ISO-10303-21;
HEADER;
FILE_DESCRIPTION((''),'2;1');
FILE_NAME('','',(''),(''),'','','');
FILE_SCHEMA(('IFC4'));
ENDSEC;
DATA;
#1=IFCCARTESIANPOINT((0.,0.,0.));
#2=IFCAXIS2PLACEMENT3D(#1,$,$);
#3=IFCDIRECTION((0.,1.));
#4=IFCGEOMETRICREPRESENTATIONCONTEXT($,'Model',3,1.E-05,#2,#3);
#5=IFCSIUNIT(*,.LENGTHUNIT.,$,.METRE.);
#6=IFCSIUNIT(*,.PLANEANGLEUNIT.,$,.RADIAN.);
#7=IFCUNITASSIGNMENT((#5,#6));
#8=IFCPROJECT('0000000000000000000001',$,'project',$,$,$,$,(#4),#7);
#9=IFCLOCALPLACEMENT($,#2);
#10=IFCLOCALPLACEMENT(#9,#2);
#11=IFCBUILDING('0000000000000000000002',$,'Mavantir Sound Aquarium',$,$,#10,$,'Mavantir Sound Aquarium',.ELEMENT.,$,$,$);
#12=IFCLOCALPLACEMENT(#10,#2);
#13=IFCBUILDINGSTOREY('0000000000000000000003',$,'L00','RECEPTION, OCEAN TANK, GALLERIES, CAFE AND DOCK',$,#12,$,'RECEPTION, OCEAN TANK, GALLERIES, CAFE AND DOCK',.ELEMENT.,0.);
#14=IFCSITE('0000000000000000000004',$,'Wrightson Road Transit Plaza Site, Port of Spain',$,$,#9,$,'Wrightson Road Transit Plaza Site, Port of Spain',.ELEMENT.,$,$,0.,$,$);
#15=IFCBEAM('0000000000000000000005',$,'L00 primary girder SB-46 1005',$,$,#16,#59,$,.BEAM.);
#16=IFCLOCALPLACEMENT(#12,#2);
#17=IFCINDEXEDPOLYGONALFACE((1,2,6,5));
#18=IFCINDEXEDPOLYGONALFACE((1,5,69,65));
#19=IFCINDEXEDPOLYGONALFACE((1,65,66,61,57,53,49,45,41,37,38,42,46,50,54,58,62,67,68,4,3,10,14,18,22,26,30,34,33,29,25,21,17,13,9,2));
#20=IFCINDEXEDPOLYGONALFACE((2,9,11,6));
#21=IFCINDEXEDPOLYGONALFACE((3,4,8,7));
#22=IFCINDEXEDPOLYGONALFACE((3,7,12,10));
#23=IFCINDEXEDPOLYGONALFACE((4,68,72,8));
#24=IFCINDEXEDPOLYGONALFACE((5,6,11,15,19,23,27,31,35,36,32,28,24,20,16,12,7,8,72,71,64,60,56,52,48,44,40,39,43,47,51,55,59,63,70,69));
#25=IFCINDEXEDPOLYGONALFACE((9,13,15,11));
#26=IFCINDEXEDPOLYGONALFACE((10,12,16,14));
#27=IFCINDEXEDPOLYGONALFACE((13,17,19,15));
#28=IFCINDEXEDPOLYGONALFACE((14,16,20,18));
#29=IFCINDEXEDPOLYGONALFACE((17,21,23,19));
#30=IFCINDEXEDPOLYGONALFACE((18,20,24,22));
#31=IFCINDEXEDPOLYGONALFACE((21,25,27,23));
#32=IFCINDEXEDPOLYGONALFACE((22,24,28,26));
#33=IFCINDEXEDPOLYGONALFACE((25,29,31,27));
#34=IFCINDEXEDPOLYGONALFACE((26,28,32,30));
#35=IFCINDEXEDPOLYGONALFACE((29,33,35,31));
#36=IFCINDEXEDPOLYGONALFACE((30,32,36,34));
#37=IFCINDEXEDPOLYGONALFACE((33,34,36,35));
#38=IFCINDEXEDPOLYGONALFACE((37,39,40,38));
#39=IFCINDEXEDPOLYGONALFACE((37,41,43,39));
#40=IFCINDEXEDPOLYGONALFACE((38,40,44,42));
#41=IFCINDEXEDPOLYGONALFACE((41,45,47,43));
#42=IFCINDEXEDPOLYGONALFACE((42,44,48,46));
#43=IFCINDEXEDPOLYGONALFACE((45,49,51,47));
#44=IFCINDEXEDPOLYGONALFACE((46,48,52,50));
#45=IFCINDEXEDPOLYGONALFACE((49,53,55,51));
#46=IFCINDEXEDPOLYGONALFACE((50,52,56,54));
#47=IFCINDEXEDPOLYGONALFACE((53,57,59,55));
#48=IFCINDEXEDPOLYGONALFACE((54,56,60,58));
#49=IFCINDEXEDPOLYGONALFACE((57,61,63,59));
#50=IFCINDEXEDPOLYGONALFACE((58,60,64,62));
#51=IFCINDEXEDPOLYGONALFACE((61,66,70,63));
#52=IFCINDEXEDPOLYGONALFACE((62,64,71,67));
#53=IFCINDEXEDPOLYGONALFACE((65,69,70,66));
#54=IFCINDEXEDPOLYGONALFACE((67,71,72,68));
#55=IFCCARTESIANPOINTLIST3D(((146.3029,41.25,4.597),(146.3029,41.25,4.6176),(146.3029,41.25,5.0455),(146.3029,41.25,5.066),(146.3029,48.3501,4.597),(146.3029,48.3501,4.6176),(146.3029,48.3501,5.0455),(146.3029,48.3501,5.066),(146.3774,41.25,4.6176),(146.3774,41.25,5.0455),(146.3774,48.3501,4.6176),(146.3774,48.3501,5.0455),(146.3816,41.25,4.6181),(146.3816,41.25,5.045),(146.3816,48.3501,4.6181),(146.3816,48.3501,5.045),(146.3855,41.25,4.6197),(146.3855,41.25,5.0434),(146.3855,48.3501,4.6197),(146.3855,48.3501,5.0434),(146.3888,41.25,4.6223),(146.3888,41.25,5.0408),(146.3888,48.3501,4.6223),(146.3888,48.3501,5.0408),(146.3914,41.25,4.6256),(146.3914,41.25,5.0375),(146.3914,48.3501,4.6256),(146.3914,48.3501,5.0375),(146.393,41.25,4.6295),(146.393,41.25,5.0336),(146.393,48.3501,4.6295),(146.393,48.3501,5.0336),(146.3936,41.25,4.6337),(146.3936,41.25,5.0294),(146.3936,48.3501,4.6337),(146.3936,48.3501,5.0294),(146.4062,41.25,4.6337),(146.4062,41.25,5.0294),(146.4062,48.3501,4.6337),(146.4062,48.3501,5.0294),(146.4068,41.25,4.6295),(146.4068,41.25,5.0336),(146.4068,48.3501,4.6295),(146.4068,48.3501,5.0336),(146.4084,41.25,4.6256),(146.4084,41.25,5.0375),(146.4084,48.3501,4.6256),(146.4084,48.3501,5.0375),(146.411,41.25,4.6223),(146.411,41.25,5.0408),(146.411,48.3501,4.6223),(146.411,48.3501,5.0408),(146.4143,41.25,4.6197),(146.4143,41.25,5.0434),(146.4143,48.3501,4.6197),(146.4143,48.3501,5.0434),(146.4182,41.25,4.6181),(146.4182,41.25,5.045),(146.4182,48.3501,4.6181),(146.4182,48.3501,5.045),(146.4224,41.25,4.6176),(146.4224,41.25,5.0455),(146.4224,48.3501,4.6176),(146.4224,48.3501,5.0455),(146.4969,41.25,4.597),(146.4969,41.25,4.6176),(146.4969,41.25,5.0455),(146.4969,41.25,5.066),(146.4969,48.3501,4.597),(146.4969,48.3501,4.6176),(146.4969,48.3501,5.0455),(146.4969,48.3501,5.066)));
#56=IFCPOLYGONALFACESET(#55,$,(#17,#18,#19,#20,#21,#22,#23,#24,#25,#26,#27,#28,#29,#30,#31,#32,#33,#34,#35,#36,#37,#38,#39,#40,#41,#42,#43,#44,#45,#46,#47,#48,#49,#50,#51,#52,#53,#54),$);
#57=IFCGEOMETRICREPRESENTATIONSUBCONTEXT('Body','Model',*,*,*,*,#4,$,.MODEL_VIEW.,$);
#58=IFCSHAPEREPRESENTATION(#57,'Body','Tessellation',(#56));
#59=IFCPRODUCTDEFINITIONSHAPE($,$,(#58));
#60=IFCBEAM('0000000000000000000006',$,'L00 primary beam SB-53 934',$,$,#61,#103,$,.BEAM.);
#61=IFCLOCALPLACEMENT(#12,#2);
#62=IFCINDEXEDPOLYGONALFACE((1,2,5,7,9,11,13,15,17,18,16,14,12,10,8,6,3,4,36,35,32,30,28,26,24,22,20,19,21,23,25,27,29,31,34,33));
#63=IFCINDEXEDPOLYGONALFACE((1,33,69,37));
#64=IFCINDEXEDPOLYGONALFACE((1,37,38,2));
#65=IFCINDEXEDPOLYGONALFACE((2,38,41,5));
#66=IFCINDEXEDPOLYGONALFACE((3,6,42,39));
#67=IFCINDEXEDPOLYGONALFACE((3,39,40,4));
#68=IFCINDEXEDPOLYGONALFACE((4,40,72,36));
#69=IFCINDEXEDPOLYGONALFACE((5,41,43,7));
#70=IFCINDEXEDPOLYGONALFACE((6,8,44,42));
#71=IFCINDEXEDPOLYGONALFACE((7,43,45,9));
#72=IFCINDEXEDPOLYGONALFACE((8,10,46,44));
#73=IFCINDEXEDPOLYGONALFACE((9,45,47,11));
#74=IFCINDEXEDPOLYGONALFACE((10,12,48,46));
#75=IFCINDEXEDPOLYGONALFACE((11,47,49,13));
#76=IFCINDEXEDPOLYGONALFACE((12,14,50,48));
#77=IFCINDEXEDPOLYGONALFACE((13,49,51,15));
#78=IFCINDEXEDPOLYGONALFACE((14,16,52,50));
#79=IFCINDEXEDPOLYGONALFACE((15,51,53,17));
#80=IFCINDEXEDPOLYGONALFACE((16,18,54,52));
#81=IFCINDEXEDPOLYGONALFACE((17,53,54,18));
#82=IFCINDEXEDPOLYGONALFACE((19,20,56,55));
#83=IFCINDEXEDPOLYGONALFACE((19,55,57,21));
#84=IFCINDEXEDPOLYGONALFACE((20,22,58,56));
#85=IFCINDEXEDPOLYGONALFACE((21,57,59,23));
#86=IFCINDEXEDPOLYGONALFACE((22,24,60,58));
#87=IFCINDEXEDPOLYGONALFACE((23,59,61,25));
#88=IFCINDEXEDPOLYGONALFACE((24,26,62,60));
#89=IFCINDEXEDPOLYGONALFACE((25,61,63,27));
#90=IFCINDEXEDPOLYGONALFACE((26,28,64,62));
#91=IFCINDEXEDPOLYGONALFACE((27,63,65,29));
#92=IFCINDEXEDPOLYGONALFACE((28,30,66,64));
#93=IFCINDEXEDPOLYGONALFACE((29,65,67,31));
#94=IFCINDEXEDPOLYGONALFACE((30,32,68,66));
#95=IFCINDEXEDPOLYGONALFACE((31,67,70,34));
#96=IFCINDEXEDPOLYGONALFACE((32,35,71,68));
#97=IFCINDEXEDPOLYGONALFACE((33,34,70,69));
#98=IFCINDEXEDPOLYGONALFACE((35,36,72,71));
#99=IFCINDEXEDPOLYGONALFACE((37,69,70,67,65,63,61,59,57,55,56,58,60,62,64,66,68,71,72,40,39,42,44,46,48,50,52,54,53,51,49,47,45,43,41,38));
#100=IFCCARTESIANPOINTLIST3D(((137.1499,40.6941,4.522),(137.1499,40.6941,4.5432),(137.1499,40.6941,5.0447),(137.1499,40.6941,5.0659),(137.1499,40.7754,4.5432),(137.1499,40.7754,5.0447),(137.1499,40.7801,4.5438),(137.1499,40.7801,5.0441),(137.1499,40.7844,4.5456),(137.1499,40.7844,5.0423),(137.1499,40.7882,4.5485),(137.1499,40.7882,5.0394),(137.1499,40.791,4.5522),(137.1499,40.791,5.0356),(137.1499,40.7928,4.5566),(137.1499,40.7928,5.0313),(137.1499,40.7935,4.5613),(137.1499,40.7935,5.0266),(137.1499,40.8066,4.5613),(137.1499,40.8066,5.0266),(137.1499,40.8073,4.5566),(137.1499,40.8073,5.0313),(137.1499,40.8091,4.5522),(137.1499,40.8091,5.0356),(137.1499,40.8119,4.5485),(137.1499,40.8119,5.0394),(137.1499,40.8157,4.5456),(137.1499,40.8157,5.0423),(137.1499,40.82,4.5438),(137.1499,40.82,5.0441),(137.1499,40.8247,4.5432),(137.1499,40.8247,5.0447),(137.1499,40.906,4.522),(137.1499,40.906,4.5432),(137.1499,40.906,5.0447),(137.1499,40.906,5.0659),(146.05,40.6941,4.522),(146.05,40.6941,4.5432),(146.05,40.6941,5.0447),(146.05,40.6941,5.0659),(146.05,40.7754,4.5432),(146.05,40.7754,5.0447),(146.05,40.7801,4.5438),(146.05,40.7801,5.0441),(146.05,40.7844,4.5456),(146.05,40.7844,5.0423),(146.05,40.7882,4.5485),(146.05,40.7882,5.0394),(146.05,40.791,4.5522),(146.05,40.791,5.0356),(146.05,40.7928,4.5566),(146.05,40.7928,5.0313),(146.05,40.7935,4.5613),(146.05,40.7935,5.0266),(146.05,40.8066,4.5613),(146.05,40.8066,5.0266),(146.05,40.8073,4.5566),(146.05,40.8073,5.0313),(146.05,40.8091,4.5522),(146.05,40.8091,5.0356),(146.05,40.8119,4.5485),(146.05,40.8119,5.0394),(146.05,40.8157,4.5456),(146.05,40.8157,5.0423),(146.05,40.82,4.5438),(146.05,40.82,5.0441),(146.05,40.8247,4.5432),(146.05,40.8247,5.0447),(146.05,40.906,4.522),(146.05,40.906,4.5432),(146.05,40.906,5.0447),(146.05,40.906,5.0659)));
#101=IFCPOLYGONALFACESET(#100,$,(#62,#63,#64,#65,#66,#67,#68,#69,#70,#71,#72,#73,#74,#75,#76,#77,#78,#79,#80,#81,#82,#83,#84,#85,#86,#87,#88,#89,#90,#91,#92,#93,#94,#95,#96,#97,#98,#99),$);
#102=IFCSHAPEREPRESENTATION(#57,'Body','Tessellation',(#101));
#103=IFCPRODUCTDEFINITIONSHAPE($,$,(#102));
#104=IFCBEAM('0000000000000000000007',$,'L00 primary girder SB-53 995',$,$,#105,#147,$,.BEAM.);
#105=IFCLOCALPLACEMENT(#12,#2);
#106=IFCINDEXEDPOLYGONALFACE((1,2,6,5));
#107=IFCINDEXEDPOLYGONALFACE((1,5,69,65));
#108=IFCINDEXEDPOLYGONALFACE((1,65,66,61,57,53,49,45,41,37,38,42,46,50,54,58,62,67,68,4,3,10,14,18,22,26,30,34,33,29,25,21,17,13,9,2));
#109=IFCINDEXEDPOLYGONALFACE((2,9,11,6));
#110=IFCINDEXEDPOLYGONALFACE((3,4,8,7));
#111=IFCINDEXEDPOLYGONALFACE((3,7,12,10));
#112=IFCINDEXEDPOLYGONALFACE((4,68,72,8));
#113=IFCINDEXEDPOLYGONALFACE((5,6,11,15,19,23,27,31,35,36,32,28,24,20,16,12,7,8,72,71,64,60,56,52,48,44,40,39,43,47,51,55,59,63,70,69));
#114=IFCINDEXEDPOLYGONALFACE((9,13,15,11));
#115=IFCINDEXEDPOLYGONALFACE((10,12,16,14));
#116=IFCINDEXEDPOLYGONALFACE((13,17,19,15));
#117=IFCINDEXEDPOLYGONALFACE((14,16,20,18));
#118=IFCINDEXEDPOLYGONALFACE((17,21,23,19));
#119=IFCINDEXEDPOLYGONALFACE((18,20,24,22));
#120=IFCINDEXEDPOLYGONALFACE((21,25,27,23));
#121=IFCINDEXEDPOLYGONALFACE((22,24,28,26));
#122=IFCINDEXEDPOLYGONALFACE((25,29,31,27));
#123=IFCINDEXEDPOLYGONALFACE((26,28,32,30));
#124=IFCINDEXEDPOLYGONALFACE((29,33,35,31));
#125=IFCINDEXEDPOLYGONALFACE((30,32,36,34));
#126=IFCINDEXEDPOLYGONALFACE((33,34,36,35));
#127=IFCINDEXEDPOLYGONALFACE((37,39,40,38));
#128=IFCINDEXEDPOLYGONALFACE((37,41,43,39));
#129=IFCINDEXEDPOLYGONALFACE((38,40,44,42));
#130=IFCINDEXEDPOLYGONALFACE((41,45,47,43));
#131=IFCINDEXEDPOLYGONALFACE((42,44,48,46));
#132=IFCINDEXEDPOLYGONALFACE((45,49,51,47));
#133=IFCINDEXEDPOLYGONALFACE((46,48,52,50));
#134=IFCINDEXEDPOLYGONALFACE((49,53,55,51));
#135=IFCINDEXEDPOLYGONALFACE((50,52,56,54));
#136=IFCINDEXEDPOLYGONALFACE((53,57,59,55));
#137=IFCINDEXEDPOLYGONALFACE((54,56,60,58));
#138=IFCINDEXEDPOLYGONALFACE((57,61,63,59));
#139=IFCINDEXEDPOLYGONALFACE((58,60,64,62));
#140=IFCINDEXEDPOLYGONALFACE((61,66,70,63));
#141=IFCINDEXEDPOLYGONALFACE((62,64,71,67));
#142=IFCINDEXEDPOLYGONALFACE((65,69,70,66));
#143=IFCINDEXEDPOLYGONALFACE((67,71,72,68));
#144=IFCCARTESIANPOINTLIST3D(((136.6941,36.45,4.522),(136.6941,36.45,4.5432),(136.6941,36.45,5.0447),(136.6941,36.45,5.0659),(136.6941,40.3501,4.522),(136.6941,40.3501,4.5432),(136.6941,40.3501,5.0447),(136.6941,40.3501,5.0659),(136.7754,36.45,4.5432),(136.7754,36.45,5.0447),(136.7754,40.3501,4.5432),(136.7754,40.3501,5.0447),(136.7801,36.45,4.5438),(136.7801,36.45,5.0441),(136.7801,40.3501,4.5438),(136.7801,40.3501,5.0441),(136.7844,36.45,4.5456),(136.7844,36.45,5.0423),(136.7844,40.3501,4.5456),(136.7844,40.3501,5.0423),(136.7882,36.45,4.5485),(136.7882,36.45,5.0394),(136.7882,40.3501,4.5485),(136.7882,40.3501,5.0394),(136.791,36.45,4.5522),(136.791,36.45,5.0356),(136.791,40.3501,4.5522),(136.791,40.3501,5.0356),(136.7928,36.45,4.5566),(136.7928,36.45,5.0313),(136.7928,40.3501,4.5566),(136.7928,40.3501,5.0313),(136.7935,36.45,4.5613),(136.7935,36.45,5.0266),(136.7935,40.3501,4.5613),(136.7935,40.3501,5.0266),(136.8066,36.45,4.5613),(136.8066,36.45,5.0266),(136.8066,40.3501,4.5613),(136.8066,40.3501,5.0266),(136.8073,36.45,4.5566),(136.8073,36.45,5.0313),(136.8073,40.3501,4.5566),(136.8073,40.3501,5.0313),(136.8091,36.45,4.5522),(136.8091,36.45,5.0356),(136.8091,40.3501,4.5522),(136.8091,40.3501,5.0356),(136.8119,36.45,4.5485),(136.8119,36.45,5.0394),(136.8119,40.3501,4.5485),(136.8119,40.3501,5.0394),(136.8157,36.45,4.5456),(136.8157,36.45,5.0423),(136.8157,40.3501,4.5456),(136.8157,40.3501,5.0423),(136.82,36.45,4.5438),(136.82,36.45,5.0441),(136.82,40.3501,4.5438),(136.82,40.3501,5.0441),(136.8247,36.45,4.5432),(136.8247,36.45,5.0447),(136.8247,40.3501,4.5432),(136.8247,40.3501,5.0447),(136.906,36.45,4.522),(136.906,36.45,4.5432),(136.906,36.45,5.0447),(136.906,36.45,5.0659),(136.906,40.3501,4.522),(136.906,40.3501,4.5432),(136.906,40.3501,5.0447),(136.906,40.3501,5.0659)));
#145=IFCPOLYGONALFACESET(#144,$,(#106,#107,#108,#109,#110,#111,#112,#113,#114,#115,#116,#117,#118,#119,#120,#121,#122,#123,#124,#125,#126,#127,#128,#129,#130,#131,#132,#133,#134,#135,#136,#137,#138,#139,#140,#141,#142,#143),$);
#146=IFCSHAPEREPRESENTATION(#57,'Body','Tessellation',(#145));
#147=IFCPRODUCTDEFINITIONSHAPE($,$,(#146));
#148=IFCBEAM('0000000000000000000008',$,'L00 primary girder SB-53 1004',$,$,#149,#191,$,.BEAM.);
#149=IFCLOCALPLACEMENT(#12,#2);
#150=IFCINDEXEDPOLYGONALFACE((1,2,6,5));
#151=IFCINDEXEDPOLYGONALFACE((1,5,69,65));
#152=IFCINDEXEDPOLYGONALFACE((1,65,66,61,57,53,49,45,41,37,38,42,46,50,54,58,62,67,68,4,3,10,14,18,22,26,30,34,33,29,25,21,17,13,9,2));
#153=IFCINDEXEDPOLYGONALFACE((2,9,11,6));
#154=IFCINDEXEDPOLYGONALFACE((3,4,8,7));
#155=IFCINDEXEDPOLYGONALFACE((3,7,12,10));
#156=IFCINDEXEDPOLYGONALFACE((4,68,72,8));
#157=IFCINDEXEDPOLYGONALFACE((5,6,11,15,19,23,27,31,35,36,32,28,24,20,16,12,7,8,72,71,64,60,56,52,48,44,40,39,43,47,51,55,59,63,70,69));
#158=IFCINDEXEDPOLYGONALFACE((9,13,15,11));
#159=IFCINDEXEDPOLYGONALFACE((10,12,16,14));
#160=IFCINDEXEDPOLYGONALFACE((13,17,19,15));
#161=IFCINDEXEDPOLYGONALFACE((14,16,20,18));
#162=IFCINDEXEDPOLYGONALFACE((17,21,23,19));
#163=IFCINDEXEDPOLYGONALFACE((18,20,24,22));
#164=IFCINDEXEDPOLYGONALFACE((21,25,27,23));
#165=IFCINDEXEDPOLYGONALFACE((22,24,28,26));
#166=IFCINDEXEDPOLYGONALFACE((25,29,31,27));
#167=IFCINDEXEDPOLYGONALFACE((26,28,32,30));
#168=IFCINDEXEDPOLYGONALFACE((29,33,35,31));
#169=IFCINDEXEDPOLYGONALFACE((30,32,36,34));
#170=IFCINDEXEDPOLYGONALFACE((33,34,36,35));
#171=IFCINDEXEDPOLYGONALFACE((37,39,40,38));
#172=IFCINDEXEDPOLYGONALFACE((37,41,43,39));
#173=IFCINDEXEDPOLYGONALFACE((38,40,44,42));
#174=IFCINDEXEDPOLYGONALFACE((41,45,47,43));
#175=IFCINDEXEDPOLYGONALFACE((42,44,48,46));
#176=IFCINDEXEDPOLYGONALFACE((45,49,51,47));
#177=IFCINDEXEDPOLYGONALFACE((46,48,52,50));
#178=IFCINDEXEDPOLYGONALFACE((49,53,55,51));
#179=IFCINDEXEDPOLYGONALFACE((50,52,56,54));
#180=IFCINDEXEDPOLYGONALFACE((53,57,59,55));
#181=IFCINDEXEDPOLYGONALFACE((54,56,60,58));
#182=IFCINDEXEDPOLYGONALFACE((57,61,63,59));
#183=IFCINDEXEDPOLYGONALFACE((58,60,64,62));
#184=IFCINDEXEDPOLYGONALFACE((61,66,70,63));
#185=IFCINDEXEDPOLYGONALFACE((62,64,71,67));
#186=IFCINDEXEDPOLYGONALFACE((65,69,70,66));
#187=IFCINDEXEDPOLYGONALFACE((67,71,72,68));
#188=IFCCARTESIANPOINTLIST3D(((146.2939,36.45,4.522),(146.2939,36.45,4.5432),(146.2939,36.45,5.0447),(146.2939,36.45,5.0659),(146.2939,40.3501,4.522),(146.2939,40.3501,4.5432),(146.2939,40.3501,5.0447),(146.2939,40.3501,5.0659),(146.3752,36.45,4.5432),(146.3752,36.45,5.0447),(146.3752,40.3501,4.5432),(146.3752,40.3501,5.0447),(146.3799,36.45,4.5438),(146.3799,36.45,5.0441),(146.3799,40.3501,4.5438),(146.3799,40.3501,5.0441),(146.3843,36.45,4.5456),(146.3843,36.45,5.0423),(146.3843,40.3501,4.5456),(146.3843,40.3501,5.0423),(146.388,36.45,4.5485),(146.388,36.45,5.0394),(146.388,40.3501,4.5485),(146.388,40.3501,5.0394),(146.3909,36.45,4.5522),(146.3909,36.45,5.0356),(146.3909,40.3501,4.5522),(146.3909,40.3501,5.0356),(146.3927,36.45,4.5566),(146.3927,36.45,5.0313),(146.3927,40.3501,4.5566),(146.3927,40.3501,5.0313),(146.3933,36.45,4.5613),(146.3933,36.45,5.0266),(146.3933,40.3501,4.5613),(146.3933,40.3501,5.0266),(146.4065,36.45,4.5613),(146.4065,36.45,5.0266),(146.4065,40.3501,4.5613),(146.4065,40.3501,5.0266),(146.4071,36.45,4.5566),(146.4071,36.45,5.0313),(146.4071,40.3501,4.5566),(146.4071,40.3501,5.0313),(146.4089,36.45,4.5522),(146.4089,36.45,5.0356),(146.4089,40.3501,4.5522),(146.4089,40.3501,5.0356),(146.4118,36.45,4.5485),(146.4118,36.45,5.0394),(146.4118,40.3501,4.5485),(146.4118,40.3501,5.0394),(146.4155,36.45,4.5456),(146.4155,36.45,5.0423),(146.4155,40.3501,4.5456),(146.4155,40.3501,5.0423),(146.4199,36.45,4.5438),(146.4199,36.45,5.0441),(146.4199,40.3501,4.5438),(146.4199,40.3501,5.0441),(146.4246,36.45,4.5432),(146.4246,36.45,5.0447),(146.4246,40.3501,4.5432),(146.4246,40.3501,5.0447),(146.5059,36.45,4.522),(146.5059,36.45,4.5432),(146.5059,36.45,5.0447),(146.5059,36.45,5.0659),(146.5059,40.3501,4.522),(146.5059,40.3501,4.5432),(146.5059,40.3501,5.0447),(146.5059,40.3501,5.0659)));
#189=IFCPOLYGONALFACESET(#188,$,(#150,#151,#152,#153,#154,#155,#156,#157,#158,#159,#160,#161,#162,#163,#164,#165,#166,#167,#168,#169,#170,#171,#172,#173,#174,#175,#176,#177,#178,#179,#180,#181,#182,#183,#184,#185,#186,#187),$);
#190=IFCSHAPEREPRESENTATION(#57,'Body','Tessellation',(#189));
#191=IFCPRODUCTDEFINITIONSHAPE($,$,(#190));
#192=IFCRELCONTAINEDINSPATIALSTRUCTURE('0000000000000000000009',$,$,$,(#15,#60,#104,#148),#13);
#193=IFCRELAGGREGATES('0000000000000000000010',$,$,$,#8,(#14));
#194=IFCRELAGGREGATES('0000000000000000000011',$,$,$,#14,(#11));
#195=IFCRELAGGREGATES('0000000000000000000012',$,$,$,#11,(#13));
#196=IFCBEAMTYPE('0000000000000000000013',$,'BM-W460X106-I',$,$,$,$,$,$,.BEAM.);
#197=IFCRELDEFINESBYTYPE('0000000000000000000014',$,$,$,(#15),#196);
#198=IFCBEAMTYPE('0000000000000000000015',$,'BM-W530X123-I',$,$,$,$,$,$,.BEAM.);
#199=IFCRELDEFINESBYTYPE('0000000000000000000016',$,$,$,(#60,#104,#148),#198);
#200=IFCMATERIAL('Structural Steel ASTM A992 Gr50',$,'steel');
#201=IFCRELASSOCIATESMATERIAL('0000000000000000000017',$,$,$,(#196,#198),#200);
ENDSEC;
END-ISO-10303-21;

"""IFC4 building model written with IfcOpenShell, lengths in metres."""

from ifc_helpers import new_model, si_unit, direction, frame, origin, origin_2d, place, context, subcontext, project, spatial, i_section, extrude, material, material_profile, profile_set, type_object, element, save


model = new_model("IFC4")

# Units and contexts
model_context = context("Model", 3, precision=1e-05, world=origin(), true_north=direction((0.0, 1.0)))
body_context = subcontext(model_context, "Body", "Model", "MODEL_VIEW")
ifc_project = project(units=[si_unit("LENGTHUNIT", "METRE"), si_unit("PLANEANGLEUNIT", "RADIAN")], contexts=[model_context])

# Site, building, storey
site_placement = place(None, origin())
site = spatial("IfcSite", under=ifc_project, at=site_placement, Name="Wrightson Road Transit Plaza Site, Port of Spain", LongName="Wrightson Road Transit Plaza Site, Port of Spain", CompositionType="ELEMENT", RefElevation=0.0)
building_placement = place(site_placement, origin())
building = spatial("IfcBuilding", under=site, at=building_placement, Name="Mavantir Sound Aquarium", LongName="Mavantir Sound Aquarium", CompositionType="ELEMENT")
storey_placement = place(building_placement, origin())
storey = spatial("IfcBuildingStorey", under=building, at=storey_placement, Name="L00", Description="RECEPTION, OCEAN TANK, GALLERIES, CAFE AND DOCK", LongName="RECEPTION, OCEAN TANK, GALLERIES, CAFE AND DOCK", CompositionType="ELEMENT", Elevation=0.0)

# Beams
ifc_material_1 = material(Name="Structural Steel ASTM A992 Gr50", Category="steel")
ifc_material_profile_1 = material_profile(ifc_material_1, i_section(OverallWidth=0.1941, OverallDepth=0.469, WebThickness=0.0127, FlangeThickness=0.0205, FilletRadius=0.0161, at=origin_2d()), Name="W460X106")
ifc_profile_set_1 = profile_set([ifc_material_profile_1], Name="Structural Steel ASTM A992 Gr50")
beam_type_1 = type_object("IfcBeamType", Name="BM-W460X106-I", PredefinedType="BEAM", material=ifc_profile_set_1)
for number, where, z_axis, x_axis, name in (
    (1, (146.3999, 41.25, 4.8315), (0.0, 1.0, 0.0), (-1.0, 0.0, 0.0), "L00 primary girder SB-46 1005"),
):
    element("IfcBeam", number, at=place(storey_placement, frame(where, z_axis=z_axis, x_axis=x_axis)), inside=storey, type_object=beam_type_1, Name=name, PredefinedType="BEAM", context=body_context, shape_type="SweptSolid", body=[
        extrude(i_section(OverallWidth=0.1941, OverallDepth=0.469, WebThickness=0.0127, FlangeThickness=0.0205, FilletRadius=0.0161, at=origin_2d()), origin(), (0.0, 0.0, 1.0), 7.1001),
    ])
ifc_material_profile_2 = material_profile(ifc_material_1, i_section(OverallWidth=0.2119, OverallDepth=0.5439, WebThickness=0.0132, FlangeThickness=0.0212, FilletRadius=0.0181, at=origin_2d()), Name="W530X123")
ifc_profile_set_2 = profile_set([ifc_material_profile_2], Name="Structural Steel ASTM A992 Gr50")
beam_type_2 = type_object("IfcBeamType", Name="BM-W530X123-I", PredefinedType="BEAM", material=ifc_profile_set_2)
beam_1_placement = place(storey_placement, frame((137.1499, 40.8, 4.7939), z_axis=(1.0, 0.0, 0.0), x_axis=(0.0, 1.0, 0.0)))
element("IfcBeam", 2, at=beam_1_placement, inside=storey, type_object=beam_type_2, Name="L00 primary beam SB-53 934", PredefinedType="BEAM", context=body_context, shape_type="SweptSolid", body=[
    extrude(i_section(OverallWidth=0.2119, OverallDepth=0.5439, WebThickness=0.0132, FlangeThickness=0.0212, FilletRadius=0.0181, at=origin_2d()), origin(), (0.0, 0.0, 1.0), 8.9001),
])
for number, where, z_axis, x_axis, name in (
    (3, (136.8, 36.45, 4.7939), (0.0, 1.0, 0.0), (-1.0, 0.0, 0.0), "L00 primary girder SB-53 995"),
    (4, (146.3999, 36.45, 4.7939), (0.0, 1.0, 0.0), (-1.0, 0.0, 0.0), "L00 primary girder SB-53 1004"),
):
    element("IfcBeam", number, at=place(storey_placement, frame(where, z_axis=z_axis, x_axis=x_axis)), inside=storey, type_object=beam_type_2, Name=name, PredefinedType="BEAM", context=body_context, shape_type="SweptSolid", body=[
        extrude(i_section(OverallWidth=0.2119, OverallDepth=0.5439, WebThickness=0.0132, FlangeThickness=0.0212, FilletRadius=0.0181, at=origin_2d()), origin(), (0.0, 0.0, 1.0), 3.9001),
    ])

save(model, "model.ifc")
